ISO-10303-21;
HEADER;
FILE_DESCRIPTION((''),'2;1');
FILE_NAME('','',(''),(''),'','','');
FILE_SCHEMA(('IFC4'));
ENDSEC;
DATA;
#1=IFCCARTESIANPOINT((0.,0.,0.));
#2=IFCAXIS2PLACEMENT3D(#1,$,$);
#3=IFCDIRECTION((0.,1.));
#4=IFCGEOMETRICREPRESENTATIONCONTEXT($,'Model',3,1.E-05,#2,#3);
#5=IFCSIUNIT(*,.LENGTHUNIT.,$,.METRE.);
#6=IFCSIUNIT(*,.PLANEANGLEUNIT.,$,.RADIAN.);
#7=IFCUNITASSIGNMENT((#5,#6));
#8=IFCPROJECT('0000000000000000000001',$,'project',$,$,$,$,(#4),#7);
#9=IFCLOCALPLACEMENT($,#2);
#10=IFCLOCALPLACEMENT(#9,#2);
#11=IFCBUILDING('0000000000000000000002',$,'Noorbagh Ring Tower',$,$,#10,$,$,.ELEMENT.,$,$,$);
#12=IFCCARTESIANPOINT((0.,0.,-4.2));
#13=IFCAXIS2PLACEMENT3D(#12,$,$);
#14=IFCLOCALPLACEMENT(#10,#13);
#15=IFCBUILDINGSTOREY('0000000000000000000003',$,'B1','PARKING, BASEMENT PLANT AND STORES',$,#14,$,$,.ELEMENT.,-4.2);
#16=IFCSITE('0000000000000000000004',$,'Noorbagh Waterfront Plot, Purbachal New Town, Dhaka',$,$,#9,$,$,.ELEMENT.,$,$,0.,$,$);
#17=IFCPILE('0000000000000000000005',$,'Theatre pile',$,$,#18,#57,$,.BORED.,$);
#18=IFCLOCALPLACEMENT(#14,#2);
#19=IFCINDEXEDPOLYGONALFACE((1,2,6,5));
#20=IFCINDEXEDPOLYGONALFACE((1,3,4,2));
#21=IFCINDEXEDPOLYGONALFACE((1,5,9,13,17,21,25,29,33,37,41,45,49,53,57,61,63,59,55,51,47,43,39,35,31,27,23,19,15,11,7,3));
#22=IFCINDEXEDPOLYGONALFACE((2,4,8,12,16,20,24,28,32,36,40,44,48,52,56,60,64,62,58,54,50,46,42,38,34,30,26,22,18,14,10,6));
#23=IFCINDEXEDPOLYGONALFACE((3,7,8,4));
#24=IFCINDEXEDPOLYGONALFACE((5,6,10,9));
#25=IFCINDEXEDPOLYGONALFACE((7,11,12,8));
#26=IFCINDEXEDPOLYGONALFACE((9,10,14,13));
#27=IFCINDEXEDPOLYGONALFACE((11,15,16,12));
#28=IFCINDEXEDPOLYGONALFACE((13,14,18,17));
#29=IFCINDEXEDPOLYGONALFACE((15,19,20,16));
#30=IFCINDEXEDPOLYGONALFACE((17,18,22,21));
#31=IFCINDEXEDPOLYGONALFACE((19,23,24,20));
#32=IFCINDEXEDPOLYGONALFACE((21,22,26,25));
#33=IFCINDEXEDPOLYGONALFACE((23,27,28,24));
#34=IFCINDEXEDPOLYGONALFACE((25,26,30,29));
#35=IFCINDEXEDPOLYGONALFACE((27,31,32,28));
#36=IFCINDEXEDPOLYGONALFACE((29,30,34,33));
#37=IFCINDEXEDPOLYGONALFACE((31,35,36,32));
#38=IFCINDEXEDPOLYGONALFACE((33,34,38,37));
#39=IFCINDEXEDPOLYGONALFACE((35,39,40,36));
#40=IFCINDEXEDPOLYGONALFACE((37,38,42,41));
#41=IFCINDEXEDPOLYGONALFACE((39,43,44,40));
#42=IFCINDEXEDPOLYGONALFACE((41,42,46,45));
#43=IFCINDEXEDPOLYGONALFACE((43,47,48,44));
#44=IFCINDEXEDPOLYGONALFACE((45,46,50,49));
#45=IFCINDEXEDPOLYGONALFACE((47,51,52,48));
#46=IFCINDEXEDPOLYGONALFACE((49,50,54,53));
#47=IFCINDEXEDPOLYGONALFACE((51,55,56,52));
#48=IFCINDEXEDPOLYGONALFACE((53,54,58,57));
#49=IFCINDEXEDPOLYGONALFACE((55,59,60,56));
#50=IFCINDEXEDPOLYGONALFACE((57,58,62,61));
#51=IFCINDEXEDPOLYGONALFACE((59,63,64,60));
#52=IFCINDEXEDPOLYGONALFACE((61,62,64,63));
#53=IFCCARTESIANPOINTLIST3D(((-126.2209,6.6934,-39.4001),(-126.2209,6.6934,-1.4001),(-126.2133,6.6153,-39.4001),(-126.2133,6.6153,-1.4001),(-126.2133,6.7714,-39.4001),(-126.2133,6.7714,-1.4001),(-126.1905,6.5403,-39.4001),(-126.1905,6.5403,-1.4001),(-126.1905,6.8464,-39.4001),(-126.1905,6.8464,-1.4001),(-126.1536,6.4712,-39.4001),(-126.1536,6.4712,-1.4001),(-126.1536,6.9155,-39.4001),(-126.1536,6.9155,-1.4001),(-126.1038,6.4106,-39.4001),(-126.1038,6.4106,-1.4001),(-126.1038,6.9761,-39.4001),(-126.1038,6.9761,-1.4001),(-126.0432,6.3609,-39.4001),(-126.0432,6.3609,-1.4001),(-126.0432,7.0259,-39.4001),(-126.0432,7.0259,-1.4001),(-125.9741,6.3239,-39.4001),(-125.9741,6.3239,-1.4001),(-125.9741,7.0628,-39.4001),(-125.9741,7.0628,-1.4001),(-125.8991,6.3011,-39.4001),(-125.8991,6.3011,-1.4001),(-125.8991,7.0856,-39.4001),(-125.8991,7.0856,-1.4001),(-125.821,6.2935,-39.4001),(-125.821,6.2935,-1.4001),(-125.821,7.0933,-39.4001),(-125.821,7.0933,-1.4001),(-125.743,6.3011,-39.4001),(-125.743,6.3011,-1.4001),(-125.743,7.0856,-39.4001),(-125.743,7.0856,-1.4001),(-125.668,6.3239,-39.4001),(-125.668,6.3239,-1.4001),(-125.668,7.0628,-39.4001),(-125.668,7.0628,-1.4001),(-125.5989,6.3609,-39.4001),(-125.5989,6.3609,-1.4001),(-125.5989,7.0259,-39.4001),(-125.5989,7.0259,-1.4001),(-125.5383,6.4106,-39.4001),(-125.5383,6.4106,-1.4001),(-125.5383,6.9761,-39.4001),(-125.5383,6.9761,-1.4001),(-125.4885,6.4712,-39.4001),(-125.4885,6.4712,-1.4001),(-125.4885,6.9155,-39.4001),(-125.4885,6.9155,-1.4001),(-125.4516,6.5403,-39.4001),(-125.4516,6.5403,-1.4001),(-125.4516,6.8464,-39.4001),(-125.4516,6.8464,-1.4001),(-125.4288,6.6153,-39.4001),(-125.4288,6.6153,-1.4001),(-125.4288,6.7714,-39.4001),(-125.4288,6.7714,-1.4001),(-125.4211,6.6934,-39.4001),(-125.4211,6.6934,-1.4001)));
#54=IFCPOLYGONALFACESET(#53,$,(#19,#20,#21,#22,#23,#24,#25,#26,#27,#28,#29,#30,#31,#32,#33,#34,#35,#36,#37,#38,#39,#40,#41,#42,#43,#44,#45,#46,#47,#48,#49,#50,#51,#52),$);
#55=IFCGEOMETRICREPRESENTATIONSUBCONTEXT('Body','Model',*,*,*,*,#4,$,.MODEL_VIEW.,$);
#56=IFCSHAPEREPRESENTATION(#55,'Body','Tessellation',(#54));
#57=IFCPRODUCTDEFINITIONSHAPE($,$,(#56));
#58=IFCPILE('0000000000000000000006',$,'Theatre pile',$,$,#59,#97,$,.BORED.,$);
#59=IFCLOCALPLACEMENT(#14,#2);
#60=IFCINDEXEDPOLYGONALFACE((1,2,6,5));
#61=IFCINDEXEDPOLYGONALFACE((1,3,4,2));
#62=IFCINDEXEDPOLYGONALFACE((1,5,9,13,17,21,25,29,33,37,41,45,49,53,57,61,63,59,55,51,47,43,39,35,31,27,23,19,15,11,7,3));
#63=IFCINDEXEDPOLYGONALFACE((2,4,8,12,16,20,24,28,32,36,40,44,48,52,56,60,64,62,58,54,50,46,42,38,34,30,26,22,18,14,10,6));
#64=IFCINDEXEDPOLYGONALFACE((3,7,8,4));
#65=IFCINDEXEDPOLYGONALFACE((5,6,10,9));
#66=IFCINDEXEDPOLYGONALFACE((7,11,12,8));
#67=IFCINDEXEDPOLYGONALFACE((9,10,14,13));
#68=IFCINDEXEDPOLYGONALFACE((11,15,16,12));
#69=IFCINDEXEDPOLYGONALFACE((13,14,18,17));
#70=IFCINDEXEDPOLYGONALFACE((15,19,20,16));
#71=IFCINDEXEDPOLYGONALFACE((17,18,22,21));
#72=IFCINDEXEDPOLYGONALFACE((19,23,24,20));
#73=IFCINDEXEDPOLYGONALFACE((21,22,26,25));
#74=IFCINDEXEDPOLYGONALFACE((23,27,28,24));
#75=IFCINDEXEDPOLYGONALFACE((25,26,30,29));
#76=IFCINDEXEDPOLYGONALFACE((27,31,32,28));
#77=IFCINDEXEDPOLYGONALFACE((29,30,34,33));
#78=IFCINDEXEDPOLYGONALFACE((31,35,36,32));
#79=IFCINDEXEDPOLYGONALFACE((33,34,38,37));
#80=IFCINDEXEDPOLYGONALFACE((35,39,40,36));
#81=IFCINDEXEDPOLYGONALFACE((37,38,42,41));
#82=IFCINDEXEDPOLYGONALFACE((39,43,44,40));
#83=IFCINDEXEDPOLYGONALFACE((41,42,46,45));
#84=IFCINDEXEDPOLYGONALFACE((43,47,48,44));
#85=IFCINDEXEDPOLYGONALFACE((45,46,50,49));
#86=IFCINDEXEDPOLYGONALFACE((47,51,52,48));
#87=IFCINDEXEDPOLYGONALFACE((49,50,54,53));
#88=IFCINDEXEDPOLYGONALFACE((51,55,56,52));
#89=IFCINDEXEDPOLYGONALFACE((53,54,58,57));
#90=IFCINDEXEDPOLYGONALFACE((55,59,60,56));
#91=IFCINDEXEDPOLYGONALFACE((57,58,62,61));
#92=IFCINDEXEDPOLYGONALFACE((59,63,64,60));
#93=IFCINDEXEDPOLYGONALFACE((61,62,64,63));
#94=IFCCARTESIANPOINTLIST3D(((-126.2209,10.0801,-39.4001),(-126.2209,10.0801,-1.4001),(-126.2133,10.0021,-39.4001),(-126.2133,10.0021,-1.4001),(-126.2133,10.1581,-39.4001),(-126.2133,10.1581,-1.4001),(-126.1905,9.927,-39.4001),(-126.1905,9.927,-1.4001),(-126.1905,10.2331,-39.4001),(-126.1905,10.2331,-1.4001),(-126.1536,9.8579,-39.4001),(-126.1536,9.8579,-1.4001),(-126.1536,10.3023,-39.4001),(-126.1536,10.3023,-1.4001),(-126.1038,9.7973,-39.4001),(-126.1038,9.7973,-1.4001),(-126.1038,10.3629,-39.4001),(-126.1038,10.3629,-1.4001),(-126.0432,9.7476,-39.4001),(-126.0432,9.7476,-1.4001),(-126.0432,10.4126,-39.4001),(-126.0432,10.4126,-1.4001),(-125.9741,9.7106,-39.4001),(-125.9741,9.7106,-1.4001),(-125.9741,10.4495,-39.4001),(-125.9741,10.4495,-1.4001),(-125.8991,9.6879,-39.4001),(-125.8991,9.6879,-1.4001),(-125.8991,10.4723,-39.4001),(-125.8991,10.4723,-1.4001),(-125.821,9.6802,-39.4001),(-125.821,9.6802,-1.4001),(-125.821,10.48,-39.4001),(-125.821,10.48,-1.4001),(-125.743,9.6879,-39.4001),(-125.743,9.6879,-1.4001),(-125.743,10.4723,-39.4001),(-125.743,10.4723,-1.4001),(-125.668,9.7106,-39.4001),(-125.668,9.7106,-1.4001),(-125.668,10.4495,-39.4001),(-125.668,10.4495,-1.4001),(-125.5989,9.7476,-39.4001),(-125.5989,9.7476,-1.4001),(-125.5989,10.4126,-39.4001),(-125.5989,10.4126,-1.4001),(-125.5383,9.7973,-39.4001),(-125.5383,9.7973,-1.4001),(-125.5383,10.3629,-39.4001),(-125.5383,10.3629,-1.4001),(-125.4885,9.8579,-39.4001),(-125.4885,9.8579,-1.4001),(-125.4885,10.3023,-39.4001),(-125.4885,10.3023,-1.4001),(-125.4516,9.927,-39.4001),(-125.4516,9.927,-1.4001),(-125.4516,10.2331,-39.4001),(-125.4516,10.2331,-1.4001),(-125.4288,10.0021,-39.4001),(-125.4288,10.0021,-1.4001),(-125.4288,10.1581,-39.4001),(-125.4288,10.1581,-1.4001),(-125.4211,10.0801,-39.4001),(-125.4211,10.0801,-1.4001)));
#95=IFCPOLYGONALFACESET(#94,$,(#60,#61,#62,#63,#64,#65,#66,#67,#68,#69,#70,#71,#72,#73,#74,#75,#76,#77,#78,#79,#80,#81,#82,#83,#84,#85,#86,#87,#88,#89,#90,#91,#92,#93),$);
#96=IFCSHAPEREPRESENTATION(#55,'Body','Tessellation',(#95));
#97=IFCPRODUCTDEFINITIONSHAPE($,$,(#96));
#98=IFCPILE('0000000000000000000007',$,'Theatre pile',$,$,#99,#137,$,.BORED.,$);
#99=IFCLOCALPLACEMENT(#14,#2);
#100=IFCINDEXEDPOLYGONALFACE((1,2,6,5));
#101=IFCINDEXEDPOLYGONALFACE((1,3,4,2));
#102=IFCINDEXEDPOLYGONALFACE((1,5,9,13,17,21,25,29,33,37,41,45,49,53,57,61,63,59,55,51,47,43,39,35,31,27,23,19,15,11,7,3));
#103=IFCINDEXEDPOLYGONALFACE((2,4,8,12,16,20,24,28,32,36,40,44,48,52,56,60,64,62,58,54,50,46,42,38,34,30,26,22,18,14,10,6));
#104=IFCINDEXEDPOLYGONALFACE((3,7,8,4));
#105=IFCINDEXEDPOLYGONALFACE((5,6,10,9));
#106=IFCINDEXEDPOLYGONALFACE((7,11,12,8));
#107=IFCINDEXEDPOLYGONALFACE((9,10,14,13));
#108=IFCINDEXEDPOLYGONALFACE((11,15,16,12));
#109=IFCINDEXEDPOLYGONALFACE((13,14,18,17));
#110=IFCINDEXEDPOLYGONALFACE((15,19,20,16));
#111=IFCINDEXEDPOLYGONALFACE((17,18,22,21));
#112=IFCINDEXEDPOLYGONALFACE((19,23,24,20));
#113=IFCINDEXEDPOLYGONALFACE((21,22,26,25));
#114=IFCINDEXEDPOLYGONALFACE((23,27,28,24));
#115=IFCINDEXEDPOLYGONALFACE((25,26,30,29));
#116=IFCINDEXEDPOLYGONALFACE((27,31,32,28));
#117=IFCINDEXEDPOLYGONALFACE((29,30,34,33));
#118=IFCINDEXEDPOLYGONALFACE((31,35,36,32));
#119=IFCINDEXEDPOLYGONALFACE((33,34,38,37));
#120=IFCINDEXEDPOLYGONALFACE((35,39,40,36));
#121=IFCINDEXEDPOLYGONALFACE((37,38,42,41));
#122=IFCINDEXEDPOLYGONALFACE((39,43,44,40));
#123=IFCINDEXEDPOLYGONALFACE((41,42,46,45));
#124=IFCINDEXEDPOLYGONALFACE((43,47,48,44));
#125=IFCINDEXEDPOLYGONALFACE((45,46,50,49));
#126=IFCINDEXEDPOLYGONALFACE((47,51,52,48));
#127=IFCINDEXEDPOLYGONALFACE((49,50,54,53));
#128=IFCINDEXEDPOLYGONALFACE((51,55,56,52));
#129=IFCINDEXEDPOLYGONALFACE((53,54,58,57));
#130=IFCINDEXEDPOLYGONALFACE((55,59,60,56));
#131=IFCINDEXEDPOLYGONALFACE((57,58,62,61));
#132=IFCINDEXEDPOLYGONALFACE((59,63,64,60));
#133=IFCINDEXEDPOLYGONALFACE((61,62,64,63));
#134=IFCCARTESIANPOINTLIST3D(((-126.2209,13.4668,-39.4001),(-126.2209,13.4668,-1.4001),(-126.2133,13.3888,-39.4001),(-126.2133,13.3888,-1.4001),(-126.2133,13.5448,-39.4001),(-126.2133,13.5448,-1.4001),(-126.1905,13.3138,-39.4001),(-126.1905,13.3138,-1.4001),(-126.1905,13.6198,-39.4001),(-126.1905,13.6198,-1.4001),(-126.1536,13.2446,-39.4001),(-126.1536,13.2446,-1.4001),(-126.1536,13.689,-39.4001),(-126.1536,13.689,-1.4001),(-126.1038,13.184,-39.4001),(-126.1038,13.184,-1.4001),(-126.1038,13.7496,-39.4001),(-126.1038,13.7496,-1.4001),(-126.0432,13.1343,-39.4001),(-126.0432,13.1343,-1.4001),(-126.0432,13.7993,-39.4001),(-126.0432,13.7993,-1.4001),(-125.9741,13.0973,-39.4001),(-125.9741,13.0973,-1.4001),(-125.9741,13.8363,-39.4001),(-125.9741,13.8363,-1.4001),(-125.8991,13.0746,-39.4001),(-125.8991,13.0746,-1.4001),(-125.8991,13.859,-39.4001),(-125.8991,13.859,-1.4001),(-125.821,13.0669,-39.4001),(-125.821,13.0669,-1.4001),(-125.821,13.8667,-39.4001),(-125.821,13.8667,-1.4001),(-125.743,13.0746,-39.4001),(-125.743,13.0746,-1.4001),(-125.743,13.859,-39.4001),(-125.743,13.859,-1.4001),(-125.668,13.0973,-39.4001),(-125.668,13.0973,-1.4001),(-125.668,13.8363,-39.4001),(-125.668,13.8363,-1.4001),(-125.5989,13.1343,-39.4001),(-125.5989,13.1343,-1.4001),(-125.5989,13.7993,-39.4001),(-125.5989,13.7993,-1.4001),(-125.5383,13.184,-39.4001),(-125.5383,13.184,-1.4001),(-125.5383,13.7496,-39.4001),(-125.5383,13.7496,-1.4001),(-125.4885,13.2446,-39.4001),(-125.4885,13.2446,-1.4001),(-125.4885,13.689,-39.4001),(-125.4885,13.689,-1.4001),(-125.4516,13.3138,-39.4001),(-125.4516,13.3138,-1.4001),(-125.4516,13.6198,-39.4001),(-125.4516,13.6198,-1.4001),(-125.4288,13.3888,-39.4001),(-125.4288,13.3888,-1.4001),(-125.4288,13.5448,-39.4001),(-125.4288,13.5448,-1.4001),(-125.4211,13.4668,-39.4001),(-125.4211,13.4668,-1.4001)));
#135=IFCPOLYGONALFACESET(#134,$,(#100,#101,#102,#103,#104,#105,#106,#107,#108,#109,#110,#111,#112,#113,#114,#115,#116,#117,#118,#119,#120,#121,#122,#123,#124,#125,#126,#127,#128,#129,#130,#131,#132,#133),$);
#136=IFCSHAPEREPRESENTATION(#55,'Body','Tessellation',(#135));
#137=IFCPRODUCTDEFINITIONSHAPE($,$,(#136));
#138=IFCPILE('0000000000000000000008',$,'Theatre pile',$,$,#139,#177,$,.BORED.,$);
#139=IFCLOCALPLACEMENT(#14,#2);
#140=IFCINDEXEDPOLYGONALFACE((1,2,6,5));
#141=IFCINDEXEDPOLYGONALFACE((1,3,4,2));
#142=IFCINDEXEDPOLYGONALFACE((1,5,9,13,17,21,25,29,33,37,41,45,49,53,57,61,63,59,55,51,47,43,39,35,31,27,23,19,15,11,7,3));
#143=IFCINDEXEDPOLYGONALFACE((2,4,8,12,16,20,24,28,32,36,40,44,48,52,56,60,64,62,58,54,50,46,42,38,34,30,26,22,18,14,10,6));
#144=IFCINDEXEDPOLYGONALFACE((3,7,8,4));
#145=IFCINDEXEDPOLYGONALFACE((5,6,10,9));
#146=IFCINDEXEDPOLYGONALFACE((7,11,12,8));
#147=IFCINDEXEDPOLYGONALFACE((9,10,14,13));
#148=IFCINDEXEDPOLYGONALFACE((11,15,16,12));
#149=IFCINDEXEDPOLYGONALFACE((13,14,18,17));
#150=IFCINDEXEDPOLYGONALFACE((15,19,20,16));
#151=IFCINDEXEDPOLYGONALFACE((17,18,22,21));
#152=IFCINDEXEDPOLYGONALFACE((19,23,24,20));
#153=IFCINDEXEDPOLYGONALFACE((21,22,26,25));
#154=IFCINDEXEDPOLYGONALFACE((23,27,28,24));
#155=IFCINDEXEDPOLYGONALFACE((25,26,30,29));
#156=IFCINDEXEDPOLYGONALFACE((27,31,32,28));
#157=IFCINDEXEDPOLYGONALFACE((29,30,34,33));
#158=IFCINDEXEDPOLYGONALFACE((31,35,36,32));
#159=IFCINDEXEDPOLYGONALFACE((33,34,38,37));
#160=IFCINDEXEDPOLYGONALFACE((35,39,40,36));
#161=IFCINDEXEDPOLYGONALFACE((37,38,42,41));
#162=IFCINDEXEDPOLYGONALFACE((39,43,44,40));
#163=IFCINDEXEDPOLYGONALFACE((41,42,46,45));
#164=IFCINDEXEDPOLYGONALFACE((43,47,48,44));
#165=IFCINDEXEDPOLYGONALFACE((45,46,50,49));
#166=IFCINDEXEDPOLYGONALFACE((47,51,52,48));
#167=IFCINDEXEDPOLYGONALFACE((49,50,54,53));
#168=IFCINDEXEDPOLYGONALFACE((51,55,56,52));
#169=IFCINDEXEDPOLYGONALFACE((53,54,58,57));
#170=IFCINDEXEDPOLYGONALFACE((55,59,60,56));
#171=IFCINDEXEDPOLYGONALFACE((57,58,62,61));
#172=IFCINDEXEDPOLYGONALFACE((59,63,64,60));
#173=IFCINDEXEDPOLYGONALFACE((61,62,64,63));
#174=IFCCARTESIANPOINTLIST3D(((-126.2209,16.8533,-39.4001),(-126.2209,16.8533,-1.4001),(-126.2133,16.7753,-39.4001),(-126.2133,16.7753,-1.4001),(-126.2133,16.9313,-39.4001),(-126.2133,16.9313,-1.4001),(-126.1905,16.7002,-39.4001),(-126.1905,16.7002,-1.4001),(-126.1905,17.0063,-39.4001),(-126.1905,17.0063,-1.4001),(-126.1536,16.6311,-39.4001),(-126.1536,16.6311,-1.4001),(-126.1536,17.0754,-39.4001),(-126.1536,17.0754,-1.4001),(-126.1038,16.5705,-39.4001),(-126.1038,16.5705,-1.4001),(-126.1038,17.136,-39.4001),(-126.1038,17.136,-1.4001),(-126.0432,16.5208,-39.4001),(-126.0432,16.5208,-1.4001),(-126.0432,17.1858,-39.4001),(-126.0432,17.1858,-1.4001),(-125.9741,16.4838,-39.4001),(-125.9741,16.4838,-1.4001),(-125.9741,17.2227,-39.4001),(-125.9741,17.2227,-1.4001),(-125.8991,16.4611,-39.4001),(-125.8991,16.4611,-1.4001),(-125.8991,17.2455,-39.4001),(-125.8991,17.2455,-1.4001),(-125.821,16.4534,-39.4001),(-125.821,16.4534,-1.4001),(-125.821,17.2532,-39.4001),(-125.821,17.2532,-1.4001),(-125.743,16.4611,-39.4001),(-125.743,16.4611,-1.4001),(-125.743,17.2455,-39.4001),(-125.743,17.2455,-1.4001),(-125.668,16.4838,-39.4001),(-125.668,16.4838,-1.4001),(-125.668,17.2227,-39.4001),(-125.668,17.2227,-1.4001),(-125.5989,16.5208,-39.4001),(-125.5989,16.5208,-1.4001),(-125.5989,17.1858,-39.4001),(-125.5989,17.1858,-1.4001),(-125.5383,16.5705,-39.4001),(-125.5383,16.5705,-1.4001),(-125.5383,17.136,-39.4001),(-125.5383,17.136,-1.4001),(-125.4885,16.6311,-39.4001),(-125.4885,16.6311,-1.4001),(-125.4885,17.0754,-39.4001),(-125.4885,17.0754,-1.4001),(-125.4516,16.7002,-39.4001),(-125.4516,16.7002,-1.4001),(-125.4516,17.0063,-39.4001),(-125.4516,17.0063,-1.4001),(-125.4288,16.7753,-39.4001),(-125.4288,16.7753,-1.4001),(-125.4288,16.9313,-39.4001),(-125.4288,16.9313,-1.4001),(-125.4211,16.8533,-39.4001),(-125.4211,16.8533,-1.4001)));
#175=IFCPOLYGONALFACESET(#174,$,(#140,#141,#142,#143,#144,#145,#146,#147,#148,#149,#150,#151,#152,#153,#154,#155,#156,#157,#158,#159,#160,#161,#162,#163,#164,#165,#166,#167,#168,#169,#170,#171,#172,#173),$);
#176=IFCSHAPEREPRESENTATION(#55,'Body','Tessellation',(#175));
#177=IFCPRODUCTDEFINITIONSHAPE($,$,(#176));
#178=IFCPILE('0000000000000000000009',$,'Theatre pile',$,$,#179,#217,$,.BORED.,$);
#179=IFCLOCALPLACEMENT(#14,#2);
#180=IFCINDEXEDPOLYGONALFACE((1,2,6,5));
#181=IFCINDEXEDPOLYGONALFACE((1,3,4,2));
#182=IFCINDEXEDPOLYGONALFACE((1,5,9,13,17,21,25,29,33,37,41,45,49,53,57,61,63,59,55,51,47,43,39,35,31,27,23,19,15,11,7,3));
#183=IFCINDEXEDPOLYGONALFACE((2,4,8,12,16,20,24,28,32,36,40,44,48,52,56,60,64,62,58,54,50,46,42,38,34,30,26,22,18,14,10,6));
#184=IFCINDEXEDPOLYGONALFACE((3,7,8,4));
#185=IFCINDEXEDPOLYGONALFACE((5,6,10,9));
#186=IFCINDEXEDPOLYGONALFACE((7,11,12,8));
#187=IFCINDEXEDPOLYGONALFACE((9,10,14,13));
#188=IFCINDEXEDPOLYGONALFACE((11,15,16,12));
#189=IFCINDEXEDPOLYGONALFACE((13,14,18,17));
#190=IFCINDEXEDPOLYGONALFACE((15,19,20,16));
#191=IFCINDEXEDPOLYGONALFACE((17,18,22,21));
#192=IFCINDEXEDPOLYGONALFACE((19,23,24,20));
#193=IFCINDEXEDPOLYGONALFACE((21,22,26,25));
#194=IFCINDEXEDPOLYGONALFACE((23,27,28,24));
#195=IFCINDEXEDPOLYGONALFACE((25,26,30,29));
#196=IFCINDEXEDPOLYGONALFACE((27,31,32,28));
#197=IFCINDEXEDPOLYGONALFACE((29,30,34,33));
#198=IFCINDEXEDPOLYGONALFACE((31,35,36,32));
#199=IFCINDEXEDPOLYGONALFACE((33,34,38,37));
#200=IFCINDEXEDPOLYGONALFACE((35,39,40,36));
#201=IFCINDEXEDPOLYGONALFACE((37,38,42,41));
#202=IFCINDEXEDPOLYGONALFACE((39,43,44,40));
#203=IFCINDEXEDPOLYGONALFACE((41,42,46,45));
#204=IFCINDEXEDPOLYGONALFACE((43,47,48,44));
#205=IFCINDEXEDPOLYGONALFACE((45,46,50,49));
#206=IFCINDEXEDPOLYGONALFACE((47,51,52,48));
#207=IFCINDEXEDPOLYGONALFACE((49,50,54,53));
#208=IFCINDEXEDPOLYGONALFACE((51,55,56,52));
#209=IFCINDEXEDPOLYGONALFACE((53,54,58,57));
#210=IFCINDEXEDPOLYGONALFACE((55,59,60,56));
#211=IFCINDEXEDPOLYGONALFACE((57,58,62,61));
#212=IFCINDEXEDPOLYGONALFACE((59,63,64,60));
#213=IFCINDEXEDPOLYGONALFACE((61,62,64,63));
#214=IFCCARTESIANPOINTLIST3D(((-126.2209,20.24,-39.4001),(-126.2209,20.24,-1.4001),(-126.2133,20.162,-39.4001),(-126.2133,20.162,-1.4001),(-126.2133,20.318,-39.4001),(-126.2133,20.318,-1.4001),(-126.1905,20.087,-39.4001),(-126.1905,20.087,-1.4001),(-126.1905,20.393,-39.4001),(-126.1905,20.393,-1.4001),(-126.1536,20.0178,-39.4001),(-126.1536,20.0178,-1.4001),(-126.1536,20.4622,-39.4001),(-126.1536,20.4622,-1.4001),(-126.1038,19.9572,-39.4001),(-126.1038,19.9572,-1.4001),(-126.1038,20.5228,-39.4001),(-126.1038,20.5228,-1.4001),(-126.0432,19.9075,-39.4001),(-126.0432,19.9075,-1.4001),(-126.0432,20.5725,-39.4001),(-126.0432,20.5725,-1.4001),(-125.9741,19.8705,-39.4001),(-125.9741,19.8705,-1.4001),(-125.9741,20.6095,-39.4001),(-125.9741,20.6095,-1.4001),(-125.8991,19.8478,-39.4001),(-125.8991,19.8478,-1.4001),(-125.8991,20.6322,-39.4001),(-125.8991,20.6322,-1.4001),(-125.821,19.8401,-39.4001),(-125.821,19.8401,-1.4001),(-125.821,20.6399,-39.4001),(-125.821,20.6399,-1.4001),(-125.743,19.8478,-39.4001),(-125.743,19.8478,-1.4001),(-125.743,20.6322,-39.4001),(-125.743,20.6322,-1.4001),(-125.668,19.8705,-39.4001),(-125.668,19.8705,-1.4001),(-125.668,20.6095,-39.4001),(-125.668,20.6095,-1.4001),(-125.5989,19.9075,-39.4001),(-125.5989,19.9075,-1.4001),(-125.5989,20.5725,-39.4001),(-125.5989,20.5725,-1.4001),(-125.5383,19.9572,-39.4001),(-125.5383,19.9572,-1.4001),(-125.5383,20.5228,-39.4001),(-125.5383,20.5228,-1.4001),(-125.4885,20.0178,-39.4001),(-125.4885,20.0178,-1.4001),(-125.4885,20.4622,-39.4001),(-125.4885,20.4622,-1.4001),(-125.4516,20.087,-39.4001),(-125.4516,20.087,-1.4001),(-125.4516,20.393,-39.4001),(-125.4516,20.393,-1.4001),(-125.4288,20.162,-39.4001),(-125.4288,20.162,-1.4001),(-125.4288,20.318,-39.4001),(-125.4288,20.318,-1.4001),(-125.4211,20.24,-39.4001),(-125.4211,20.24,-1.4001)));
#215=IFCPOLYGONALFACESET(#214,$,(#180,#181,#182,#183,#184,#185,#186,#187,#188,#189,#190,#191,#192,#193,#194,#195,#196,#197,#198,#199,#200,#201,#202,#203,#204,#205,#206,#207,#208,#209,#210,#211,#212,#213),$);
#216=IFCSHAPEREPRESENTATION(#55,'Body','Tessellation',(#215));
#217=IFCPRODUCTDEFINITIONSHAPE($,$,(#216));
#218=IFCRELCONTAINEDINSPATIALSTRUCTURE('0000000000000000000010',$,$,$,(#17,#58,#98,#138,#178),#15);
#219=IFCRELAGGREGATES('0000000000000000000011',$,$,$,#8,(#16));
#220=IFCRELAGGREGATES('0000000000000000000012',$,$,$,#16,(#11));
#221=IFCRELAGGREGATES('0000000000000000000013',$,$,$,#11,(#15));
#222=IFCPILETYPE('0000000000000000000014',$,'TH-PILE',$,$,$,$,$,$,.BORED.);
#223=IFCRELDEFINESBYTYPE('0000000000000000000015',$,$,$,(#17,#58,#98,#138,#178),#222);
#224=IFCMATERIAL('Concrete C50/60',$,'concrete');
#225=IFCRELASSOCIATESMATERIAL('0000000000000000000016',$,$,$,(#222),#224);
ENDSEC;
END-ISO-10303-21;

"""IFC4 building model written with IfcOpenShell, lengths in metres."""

from ifc_helpers import new_model, si_unit, direction, frame, origin, origin_2d, place, context, subcontext, project, spatial, circle, extrude, material, material_profile, profile_set, type_object, element, save


model = new_model("IFC4")

# Units and contexts
model_context = context("Model", 3, precision=1e-05, world=origin(), true_north=direction((0.0, 1.0)))
body_context = subcontext(model_context, "Body", "Model", "MODEL_VIEW")
ifc_project = project(units=[si_unit("LENGTHUNIT", "METRE"), si_unit("PLANEANGLEUNIT", "RADIAN")], contexts=[model_context])

# Site, building, storey
site_placement = place(None, origin())
site = spatial("IfcSite", under=ifc_project, at=site_placement, Name="Noorbagh Waterfront Plot, Purbachal New Town, Dhaka", CompositionType="ELEMENT", RefElevation=0.0)
building_placement = place(site_placement, origin())
building = spatial("IfcBuilding", under=site, at=building_placement, Name="Noorbagh Ring Tower", CompositionType="ELEMENT")
storey_placement = place(building_placement, frame((0.0, 0.0, -4.2)))
storey = spatial("IfcBuildingStorey", under=building, at=storey_placement, Name="B1", Description="PARKING, BASEMENT PLANT AND STORES", CompositionType="ELEMENT", Elevation=-4.2)

# Piles
ifc_material_1 = material(Name="Concrete C50/60", Category="concrete")
ifc_material_profile = material_profile(ifc_material_1, circle(Radius=0.3999, at=origin_2d()), Name="PILE800")
ifc_profile_set = profile_set([ifc_material_profile], Name="Concrete C50/60")
pile_type = type_object("IfcPileType", Name="TH-PILE", PredefinedType="BORED", material=ifc_profile_set)
for number, where, z_axis, x_axis, name in (
    (1, (-125.821, 6.6934, -1.4001), (0.0, 0.0, -1.0), (1.0, 0.0, 0.0), "Theatre pile"),
    (2, (-125.821, 10.0801, -1.4001), (0.0, 0.0, -1.0), (1.0, 0.0, 0.0), "Theatre pile"),
    (3, (-125.821, 13.4668, -1.4001), (0.0, 0.0, -1.0), (1.0, 0.0, 0.0), "Theatre pile"),
    (4, (-125.821, 16.8533, -1.4001), (0.0, 0.0, -1.0), (1.0, 0.0, 0.0), "Theatre pile"),
    (5, (-125.821, 20.24, -1.4001), (0.0, 0.0, -1.0), (1.0, 0.0, 0.0), "Theatre pile"),
):
    element("IfcPile", number, at=place(storey_placement, frame(where, z_axis=z_axis, x_axis=x_axis)), inside=storey, type_object=pile_type, Name=name, PredefinedType="BORED", context=body_context, shape_type="SweptSolid", body=[
        extrude(circle(Radius=0.3999, at=origin_2d()), origin(), (0.0, 0.0, 1.0), 38.0),
    ])

save(model, "model.ifc")
